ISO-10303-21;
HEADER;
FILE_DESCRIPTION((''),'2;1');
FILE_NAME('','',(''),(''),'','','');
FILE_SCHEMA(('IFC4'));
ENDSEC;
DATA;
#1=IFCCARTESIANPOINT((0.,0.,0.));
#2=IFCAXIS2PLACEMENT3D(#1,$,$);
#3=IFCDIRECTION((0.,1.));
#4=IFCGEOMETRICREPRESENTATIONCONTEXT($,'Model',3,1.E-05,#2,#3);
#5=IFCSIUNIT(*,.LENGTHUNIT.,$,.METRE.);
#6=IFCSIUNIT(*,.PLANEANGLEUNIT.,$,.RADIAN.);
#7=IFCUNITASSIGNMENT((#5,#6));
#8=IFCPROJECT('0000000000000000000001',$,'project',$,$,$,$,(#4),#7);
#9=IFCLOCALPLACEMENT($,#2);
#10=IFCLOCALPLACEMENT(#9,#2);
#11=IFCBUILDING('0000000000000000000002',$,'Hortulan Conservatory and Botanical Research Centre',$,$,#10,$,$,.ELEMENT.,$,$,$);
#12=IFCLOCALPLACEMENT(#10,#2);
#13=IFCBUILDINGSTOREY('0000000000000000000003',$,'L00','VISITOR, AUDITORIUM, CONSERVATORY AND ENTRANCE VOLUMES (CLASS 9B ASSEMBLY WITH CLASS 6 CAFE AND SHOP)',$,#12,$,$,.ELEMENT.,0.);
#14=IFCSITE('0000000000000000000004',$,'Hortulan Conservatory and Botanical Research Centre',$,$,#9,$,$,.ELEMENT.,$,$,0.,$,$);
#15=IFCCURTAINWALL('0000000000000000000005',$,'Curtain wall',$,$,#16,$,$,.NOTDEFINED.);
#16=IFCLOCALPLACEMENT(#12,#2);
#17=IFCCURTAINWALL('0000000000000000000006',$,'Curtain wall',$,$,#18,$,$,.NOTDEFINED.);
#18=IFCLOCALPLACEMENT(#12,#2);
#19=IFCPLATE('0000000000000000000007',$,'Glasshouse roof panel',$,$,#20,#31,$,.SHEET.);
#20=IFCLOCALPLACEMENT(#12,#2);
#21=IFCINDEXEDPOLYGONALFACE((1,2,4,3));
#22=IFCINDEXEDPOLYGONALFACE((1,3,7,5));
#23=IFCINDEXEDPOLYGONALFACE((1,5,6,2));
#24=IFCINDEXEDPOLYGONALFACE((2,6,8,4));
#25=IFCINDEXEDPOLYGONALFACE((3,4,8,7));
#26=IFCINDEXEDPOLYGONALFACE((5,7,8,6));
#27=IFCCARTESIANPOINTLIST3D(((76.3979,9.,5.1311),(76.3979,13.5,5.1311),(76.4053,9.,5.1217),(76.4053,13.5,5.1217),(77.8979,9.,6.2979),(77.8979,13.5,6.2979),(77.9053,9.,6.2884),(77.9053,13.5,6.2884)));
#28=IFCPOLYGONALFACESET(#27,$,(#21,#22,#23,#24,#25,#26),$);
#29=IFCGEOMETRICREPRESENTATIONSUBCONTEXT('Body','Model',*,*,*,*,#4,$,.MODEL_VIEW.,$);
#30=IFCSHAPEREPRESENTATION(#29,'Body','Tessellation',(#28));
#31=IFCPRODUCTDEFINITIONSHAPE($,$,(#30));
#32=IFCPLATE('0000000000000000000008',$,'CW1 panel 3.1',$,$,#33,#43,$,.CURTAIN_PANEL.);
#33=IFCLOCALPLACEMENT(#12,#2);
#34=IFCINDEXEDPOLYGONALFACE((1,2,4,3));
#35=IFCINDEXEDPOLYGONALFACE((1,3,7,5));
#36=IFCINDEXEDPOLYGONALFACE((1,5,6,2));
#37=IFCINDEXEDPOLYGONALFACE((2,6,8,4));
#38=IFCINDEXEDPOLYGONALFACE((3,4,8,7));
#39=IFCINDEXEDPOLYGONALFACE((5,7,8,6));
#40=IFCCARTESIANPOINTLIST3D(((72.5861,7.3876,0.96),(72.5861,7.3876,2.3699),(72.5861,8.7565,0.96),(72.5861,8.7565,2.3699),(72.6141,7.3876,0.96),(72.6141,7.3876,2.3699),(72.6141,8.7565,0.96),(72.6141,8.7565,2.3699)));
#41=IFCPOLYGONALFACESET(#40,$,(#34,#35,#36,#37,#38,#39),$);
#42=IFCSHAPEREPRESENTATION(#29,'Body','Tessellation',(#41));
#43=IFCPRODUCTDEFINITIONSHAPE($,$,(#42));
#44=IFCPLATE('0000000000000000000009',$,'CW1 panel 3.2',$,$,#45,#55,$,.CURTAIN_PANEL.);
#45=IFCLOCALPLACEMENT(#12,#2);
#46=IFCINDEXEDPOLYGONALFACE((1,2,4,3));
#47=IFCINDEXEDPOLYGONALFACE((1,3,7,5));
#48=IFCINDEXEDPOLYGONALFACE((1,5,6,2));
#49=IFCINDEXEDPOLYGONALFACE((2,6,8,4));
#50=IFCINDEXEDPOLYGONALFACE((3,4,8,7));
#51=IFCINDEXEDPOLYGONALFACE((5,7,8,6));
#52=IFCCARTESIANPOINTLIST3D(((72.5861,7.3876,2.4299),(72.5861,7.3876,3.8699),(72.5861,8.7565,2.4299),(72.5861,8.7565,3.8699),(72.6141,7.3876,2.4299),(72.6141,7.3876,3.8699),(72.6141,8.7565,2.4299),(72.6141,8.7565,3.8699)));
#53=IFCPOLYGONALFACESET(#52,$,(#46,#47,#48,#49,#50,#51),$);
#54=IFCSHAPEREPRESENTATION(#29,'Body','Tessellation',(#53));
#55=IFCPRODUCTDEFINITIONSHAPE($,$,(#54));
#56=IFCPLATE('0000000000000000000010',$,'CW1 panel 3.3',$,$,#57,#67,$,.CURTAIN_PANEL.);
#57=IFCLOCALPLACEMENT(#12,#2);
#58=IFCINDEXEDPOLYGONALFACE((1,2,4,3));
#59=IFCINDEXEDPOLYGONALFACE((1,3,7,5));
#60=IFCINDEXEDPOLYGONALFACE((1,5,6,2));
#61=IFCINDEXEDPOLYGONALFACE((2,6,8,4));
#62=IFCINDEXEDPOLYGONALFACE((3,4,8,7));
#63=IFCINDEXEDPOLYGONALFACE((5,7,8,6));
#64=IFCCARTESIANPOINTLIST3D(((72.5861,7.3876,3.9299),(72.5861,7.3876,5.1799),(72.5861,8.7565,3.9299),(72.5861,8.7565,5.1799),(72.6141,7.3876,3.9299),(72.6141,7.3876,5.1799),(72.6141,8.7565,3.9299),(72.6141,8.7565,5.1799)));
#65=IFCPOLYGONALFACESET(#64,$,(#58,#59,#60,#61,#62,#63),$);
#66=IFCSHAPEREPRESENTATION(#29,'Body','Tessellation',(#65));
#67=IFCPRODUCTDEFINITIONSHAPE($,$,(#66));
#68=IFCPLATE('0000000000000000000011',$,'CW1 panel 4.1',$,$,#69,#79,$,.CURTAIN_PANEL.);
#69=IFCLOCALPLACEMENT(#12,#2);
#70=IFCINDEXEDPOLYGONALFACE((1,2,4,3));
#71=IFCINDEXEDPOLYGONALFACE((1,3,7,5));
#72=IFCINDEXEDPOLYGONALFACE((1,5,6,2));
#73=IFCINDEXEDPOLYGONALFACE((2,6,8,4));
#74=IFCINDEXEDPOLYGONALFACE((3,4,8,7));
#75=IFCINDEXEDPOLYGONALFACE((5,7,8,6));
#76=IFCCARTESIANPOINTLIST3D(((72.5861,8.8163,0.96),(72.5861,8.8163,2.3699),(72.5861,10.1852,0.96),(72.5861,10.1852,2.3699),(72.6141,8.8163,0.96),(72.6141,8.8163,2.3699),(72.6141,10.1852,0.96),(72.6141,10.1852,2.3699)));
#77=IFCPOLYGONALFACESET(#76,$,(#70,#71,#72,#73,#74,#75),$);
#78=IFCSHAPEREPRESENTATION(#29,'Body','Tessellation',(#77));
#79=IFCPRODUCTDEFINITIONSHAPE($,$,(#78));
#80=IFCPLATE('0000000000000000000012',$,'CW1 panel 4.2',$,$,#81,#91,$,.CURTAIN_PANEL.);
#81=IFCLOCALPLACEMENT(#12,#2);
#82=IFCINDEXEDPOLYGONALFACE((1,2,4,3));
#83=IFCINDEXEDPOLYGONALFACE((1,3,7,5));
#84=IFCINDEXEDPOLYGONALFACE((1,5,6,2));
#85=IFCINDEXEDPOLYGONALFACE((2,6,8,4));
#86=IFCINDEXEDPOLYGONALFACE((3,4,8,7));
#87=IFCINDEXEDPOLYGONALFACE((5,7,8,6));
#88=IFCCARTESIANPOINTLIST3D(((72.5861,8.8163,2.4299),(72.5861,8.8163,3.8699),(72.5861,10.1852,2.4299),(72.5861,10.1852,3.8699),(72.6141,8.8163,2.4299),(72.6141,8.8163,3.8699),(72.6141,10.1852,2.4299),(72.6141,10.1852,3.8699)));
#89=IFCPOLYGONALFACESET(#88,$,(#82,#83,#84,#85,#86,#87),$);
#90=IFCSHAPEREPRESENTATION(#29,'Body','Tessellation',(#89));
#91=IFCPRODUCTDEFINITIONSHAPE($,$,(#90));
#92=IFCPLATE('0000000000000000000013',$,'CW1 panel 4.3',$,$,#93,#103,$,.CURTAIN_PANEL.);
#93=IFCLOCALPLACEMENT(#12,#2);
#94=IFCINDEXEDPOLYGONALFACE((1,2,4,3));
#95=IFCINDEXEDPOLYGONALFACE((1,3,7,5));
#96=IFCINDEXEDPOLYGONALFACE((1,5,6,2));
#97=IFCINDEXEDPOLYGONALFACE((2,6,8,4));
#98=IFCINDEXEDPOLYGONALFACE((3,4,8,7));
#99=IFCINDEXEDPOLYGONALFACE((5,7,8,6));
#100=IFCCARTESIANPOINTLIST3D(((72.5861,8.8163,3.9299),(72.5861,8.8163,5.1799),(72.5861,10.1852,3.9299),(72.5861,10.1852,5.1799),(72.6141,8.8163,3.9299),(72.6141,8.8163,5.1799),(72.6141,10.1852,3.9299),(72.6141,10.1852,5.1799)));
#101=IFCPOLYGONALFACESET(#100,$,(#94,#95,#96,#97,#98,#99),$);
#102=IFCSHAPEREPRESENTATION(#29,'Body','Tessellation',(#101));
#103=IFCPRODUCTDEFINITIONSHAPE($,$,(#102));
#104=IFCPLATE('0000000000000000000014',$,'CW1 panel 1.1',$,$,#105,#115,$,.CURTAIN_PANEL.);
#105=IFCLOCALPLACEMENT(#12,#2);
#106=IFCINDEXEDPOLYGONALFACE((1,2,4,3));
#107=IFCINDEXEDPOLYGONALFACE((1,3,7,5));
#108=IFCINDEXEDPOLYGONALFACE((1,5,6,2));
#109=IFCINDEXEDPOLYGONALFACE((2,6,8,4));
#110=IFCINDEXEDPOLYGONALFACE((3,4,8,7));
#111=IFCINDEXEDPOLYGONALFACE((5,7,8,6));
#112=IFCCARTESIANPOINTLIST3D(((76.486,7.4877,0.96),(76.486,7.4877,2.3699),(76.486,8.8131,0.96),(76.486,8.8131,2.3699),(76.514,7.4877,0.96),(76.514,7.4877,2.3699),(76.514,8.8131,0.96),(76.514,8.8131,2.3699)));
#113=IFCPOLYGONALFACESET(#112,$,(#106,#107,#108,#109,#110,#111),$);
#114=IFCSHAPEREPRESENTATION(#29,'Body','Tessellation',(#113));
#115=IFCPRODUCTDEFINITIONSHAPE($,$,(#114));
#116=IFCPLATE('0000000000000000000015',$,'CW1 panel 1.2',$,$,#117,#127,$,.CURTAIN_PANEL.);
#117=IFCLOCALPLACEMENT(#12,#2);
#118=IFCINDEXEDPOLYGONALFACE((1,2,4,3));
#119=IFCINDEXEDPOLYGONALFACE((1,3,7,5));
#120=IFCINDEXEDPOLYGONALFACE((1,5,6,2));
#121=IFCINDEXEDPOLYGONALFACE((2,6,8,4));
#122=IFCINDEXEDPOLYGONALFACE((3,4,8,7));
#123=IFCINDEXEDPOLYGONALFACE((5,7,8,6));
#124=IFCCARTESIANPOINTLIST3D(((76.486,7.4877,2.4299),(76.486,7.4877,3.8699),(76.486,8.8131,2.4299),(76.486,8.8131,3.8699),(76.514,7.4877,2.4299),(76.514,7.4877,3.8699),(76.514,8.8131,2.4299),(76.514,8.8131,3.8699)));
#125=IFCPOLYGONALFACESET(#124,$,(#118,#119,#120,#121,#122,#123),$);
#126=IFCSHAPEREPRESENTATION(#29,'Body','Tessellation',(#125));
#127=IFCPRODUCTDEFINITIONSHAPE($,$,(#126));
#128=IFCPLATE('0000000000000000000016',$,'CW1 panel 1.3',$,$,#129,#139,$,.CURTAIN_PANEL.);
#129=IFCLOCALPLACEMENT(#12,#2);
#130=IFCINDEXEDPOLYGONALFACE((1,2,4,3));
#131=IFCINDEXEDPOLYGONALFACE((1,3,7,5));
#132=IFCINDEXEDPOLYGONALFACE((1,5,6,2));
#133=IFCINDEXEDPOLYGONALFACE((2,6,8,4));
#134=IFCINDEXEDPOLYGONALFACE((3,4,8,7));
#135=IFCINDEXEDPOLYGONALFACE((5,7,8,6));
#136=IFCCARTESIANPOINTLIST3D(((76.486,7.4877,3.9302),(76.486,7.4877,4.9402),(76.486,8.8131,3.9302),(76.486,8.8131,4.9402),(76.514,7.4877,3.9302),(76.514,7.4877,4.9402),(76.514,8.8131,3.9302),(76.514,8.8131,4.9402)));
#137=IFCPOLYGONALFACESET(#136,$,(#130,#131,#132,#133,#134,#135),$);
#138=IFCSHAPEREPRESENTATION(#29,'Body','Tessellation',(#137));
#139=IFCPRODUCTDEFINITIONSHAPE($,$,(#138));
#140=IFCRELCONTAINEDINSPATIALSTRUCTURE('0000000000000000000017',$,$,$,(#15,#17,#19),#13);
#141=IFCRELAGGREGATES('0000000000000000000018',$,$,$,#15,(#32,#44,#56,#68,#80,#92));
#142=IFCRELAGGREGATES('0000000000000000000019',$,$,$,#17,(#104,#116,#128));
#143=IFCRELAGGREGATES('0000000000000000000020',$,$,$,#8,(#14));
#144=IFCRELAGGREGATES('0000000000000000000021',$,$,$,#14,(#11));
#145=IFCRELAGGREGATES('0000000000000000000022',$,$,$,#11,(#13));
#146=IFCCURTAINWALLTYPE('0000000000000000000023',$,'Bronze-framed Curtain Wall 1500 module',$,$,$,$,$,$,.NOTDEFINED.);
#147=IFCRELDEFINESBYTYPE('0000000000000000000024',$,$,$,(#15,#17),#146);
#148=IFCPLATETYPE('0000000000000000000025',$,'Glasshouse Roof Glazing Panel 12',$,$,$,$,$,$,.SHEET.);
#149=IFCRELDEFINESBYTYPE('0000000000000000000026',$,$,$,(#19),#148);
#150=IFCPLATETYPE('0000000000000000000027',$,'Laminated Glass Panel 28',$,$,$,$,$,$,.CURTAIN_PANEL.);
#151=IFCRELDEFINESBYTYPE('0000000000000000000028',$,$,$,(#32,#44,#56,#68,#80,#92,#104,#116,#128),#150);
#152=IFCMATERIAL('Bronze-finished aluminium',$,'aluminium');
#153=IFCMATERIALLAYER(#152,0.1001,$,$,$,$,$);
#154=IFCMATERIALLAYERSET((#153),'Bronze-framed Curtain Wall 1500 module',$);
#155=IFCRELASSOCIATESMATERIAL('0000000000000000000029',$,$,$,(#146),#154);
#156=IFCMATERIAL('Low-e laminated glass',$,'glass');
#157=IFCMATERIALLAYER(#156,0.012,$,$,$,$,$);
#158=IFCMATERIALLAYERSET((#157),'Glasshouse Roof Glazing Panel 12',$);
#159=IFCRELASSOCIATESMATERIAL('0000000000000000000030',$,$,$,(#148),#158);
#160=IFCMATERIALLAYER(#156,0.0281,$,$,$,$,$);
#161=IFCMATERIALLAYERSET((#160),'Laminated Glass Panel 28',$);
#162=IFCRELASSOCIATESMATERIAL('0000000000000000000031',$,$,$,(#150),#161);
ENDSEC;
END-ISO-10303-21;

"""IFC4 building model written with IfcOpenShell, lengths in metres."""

from ifc_helpers import new_model, si_unit, direction, frame, origin, origin_2d, place, context, subcontext, project, spatial, polyline, rectangle, outline, extrude, material, layer, layer_set, type_object, element, aggregate, save


model = new_model("IFC4")

# Units and contexts
model_context = context("Model", 3, precision=1e-05, world=origin(), true_north=direction((0.0, 1.0)))
body_context = subcontext(model_context, "Body", "Model", "MODEL_VIEW")
ifc_project = project(units=[si_unit("LENGTHUNIT", "METRE"), si_unit("PLANEANGLEUNIT", "RADIAN")], contexts=[model_context])

# Site, building, storey
site_placement = place(None, origin())
site = spatial("IfcSite", under=ifc_project, at=site_placement, Name="Hortulan Conservatory and Botanical Research Centre", CompositionType="ELEMENT", RefElevation=0.0)
building_placement = place(site_placement, origin())
building = spatial("IfcBuilding", under=site, at=building_placement, Name="Hortulan Conservatory and Botanical Research Centre", CompositionType="ELEMENT")
storey_placement = place(building_placement, origin())
storey = spatial("IfcBuildingStorey", under=building, at=storey_placement, Name="L00", Description="VISITOR, AUDITORIUM, CONSERVATORY AND ENTRANCE VOLUMES (CLASS 9B ASSEMBLY WITH CLASS 6 CAFE AND SHOP)", CompositionType="ELEMENT", Elevation=0.0)

# Curtain wall
ifc_material_1 = material(Name="Bronze-finished aluminium", Category="aluminium")
ifc_layer_1 = layer(ifc_material_1, 0.1001)
ifc_layer_set_1 = layer_set([ifc_layer_1], Name="Bronze-framed Curtain Wall 1500 module")
curtain_wall_type = type_object("IfcCurtainWallType", Name="Bronze-framed Curtain Wall 1500 module", PredefinedType="NOTDEFINED", material=ifc_layer_set_1)
curtain_wall_1_placement = place(storey_placement, origin())
curtain_wall_1 = element("IfcCurtainWall", 1, at=curtain_wall_1_placement, inside=storey, type_object=curtain_wall_type, Name="Curtain wall", PredefinedType="NOTDEFINED")

# Curtain wall
curtain_wall_2_placement = place(storey_placement, origin())
curtain_wall_2 = element("IfcCurtainWall", 2, at=curtain_wall_2_placement, inside=storey, type_object=curtain_wall_type, Name="Curtain wall", PredefinedType="NOTDEFINED")

# Plates
ifc_material_2 = material(Name="Low-e laminated glass", Category="glass")
ifc_layer_2 = layer(ifc_material_2, 0.012)
ifc_layer_set_2 = layer_set([ifc_layer_2], Name="Glasshouse Roof Glazing Panel 12")
plate_type_1 = type_object("IfcPlateType", Name="Glasshouse Roof Glazing Panel 12", PredefinedType="SHEET", material=ifc_layer_set_2)
plate_1_placement = place(storey_placement, frame((76.3979, 9.0, 5.1311), z_axis=(-0.613967, 0.0, 0.789331), x_axis=(0.789331, 0.0, 0.613967)))
element("IfcPlate", 3, at=plate_1_placement, inside=storey, type_object=plate_type_1, Name="Glasshouse roof panel", PredefinedType="SHEET", context=body_context, shape_type="SweptSolid", body=[
    extrude(outline(polyline([(0.0, 0.0), (1.9003, 0.0), (1.9003, 4.5), (0.0, 4.5), (0.0, 0.0)])), origin(), (0.0, 0.0, -1.0), 0.012),
])
ifc_layer_3 = layer(ifc_material_2, 0.0281)
ifc_layer_set_3 = layer_set([ifc_layer_3], Name="Laminated Glass Panel 28")
plate_type_2 = type_object("IfcPlateType", Name="Laminated Glass Panel 28", PredefinedType="CURTAIN_PANEL", material=ifc_layer_set_3)
plate_2_placement = place(storey_placement, frame((72.6001, 8.072, 0.96), z_axis=(0.0, 0.0, 1.0), x_axis=(0.0, 1.0, 0.0)))
plate_2 = element("IfcPlate", 4, at=plate_2_placement, type_object=plate_type_2, Name="CW1 panel 3.1", PredefinedType="CURTAIN_PANEL", context=body_context, shape_type="SweptSolid", body=[
    extrude(rectangle(XDim=1.3689, YDim=0.0281, at=origin_2d()), origin(), (0.0, 0.0, 1.0), 1.4099),
])
plate_3_placement = place(storey_placement, frame((72.6001, 8.072, 2.4299), z_axis=(0.0, 0.0, 1.0), x_axis=(0.0, 1.0, 0.0)))
plate_3 = element("IfcPlate", 5, at=plate_3_placement, type_object=plate_type_2, Name="CW1 panel 3.2", PredefinedType="CURTAIN_PANEL", context=body_context, shape_type="SweptSolid", body=[
    extrude(rectangle(XDim=1.3689, YDim=0.0281, at=origin_2d()), origin(), (0.0, 0.0, 1.0), 1.4399),
])
plate_4_placement = place(storey_placement, frame((72.6001, 8.072, 3.9299), z_axis=(0.0, 0.0, 1.0), x_axis=(0.0, 1.0, 0.0)))
plate_4 = element("IfcPlate", 6, at=plate_4_placement, type_object=plate_type_2, Name="CW1 panel 3.3", PredefinedType="CURTAIN_PANEL", context=body_context, shape_type="SweptSolid", body=[
    extrude(rectangle(XDim=1.3689, YDim=0.0281, at=origin_2d()), origin(), (0.0, 0.0, 1.0), 1.25),
])
plate_5_placement = place(storey_placement, frame((72.6001, 9.5007, 0.96), z_axis=(0.0, 0.0, 1.0), x_axis=(0.0, 1.0, 0.0)))
plate_5 = element("IfcPlate", 7, at=plate_5_placement, type_object=plate_type_2, Name="CW1 panel 4.1", PredefinedType="CURTAIN_PANEL", context=body_context, shape_type="SweptSolid", body=[
    extrude(rectangle(XDim=1.3689, YDim=0.0281, at=origin_2d()), origin(), (0.0, 0.0, 1.0), 1.4099),
])
plate_6_placement = place(storey_placement, frame((72.6001, 9.5007, 2.4299), z_axis=(0.0, 0.0, 1.0), x_axis=(0.0, 1.0, 0.0)))
plate_6 = element("IfcPlate", 8, at=plate_6_placement, type_object=plate_type_2, Name="CW1 panel 4.2", PredefinedType="CURTAIN_PANEL", context=body_context, shape_type="SweptSolid", body=[
    extrude(rectangle(XDim=1.3689, YDim=0.0281, at=origin_2d()), origin(), (0.0, 0.0, 1.0), 1.4399),
])
plate_7_placement = place(storey_placement, frame((72.6001, 9.5007, 3.9299), z_axis=(0.0, 0.0, 1.0), x_axis=(0.0, 1.0, 0.0)))
plate_7 = element("IfcPlate", 9, at=plate_7_placement, type_object=plate_type_2, Name="CW1 panel 4.3", PredefinedType="CURTAIN_PANEL", context=body_context, shape_type="SweptSolid", body=[
    extrude(rectangle(XDim=1.3689, YDim=0.0281, at=origin_2d()), origin(), (0.0, 0.0, 1.0), 1.25),
])
aggregate(curtain_wall_1, [plate_2, plate_3, plate_4, plate_5, plate_6, plate_7])
plate_8_placement = place(storey_placement, frame((76.5, 8.1504, 0.96), z_axis=(0.0, 0.0, 1.0), x_axis=(0.0, -1.0, 0.0)))
plate_8 = element("IfcPlate", 10, at=plate_8_placement, type_object=plate_type_2, Name="CW1 panel 1.1", PredefinedType="CURTAIN_PANEL", context=body_context, shape_type="SweptSolid", body=[
    extrude(rectangle(XDim=1.3254, YDim=0.0281, at=origin_2d()), origin(), (0.0, 0.0, 1.0), 1.4099),
])
plate_9_placement = place(storey_placement, frame((76.5, 8.1504, 2.4299), z_axis=(0.0, 0.0, 1.0), x_axis=(0.0, -1.0, 0.0)))
plate_9 = element("IfcPlate", 11, at=plate_9_placement, type_object=plate_type_2, Name="CW1 panel 1.2", PredefinedType="CURTAIN_PANEL", context=body_context, shape_type="SweptSolid", body=[
    extrude(rectangle(XDim=1.3254, YDim=0.0281, at=origin_2d()), origin(), (0.0, 0.0, 1.0), 1.4399),
])
plate_10_placement = place(storey_placement, frame((76.5, 8.1504, 3.9302), z_axis=(0.0, 0.0, 1.0), x_axis=(0.0, -1.0, 0.0)))
plate_10 = element("IfcPlate", 12, at=plate_10_placement, type_object=plate_type_2, Name="CW1 panel 1.3", PredefinedType="CURTAIN_PANEL", context=body_context, shape_type="SweptSolid", body=[
    extrude(rectangle(XDim=1.3254, YDim=0.0281, at=origin_2d()), origin(), (0.0, 0.0, 1.0), 1.01),
])
aggregate(curtain_wall_2, [plate_8, plate_9, plate_10])

save(model, "model.ifc")
